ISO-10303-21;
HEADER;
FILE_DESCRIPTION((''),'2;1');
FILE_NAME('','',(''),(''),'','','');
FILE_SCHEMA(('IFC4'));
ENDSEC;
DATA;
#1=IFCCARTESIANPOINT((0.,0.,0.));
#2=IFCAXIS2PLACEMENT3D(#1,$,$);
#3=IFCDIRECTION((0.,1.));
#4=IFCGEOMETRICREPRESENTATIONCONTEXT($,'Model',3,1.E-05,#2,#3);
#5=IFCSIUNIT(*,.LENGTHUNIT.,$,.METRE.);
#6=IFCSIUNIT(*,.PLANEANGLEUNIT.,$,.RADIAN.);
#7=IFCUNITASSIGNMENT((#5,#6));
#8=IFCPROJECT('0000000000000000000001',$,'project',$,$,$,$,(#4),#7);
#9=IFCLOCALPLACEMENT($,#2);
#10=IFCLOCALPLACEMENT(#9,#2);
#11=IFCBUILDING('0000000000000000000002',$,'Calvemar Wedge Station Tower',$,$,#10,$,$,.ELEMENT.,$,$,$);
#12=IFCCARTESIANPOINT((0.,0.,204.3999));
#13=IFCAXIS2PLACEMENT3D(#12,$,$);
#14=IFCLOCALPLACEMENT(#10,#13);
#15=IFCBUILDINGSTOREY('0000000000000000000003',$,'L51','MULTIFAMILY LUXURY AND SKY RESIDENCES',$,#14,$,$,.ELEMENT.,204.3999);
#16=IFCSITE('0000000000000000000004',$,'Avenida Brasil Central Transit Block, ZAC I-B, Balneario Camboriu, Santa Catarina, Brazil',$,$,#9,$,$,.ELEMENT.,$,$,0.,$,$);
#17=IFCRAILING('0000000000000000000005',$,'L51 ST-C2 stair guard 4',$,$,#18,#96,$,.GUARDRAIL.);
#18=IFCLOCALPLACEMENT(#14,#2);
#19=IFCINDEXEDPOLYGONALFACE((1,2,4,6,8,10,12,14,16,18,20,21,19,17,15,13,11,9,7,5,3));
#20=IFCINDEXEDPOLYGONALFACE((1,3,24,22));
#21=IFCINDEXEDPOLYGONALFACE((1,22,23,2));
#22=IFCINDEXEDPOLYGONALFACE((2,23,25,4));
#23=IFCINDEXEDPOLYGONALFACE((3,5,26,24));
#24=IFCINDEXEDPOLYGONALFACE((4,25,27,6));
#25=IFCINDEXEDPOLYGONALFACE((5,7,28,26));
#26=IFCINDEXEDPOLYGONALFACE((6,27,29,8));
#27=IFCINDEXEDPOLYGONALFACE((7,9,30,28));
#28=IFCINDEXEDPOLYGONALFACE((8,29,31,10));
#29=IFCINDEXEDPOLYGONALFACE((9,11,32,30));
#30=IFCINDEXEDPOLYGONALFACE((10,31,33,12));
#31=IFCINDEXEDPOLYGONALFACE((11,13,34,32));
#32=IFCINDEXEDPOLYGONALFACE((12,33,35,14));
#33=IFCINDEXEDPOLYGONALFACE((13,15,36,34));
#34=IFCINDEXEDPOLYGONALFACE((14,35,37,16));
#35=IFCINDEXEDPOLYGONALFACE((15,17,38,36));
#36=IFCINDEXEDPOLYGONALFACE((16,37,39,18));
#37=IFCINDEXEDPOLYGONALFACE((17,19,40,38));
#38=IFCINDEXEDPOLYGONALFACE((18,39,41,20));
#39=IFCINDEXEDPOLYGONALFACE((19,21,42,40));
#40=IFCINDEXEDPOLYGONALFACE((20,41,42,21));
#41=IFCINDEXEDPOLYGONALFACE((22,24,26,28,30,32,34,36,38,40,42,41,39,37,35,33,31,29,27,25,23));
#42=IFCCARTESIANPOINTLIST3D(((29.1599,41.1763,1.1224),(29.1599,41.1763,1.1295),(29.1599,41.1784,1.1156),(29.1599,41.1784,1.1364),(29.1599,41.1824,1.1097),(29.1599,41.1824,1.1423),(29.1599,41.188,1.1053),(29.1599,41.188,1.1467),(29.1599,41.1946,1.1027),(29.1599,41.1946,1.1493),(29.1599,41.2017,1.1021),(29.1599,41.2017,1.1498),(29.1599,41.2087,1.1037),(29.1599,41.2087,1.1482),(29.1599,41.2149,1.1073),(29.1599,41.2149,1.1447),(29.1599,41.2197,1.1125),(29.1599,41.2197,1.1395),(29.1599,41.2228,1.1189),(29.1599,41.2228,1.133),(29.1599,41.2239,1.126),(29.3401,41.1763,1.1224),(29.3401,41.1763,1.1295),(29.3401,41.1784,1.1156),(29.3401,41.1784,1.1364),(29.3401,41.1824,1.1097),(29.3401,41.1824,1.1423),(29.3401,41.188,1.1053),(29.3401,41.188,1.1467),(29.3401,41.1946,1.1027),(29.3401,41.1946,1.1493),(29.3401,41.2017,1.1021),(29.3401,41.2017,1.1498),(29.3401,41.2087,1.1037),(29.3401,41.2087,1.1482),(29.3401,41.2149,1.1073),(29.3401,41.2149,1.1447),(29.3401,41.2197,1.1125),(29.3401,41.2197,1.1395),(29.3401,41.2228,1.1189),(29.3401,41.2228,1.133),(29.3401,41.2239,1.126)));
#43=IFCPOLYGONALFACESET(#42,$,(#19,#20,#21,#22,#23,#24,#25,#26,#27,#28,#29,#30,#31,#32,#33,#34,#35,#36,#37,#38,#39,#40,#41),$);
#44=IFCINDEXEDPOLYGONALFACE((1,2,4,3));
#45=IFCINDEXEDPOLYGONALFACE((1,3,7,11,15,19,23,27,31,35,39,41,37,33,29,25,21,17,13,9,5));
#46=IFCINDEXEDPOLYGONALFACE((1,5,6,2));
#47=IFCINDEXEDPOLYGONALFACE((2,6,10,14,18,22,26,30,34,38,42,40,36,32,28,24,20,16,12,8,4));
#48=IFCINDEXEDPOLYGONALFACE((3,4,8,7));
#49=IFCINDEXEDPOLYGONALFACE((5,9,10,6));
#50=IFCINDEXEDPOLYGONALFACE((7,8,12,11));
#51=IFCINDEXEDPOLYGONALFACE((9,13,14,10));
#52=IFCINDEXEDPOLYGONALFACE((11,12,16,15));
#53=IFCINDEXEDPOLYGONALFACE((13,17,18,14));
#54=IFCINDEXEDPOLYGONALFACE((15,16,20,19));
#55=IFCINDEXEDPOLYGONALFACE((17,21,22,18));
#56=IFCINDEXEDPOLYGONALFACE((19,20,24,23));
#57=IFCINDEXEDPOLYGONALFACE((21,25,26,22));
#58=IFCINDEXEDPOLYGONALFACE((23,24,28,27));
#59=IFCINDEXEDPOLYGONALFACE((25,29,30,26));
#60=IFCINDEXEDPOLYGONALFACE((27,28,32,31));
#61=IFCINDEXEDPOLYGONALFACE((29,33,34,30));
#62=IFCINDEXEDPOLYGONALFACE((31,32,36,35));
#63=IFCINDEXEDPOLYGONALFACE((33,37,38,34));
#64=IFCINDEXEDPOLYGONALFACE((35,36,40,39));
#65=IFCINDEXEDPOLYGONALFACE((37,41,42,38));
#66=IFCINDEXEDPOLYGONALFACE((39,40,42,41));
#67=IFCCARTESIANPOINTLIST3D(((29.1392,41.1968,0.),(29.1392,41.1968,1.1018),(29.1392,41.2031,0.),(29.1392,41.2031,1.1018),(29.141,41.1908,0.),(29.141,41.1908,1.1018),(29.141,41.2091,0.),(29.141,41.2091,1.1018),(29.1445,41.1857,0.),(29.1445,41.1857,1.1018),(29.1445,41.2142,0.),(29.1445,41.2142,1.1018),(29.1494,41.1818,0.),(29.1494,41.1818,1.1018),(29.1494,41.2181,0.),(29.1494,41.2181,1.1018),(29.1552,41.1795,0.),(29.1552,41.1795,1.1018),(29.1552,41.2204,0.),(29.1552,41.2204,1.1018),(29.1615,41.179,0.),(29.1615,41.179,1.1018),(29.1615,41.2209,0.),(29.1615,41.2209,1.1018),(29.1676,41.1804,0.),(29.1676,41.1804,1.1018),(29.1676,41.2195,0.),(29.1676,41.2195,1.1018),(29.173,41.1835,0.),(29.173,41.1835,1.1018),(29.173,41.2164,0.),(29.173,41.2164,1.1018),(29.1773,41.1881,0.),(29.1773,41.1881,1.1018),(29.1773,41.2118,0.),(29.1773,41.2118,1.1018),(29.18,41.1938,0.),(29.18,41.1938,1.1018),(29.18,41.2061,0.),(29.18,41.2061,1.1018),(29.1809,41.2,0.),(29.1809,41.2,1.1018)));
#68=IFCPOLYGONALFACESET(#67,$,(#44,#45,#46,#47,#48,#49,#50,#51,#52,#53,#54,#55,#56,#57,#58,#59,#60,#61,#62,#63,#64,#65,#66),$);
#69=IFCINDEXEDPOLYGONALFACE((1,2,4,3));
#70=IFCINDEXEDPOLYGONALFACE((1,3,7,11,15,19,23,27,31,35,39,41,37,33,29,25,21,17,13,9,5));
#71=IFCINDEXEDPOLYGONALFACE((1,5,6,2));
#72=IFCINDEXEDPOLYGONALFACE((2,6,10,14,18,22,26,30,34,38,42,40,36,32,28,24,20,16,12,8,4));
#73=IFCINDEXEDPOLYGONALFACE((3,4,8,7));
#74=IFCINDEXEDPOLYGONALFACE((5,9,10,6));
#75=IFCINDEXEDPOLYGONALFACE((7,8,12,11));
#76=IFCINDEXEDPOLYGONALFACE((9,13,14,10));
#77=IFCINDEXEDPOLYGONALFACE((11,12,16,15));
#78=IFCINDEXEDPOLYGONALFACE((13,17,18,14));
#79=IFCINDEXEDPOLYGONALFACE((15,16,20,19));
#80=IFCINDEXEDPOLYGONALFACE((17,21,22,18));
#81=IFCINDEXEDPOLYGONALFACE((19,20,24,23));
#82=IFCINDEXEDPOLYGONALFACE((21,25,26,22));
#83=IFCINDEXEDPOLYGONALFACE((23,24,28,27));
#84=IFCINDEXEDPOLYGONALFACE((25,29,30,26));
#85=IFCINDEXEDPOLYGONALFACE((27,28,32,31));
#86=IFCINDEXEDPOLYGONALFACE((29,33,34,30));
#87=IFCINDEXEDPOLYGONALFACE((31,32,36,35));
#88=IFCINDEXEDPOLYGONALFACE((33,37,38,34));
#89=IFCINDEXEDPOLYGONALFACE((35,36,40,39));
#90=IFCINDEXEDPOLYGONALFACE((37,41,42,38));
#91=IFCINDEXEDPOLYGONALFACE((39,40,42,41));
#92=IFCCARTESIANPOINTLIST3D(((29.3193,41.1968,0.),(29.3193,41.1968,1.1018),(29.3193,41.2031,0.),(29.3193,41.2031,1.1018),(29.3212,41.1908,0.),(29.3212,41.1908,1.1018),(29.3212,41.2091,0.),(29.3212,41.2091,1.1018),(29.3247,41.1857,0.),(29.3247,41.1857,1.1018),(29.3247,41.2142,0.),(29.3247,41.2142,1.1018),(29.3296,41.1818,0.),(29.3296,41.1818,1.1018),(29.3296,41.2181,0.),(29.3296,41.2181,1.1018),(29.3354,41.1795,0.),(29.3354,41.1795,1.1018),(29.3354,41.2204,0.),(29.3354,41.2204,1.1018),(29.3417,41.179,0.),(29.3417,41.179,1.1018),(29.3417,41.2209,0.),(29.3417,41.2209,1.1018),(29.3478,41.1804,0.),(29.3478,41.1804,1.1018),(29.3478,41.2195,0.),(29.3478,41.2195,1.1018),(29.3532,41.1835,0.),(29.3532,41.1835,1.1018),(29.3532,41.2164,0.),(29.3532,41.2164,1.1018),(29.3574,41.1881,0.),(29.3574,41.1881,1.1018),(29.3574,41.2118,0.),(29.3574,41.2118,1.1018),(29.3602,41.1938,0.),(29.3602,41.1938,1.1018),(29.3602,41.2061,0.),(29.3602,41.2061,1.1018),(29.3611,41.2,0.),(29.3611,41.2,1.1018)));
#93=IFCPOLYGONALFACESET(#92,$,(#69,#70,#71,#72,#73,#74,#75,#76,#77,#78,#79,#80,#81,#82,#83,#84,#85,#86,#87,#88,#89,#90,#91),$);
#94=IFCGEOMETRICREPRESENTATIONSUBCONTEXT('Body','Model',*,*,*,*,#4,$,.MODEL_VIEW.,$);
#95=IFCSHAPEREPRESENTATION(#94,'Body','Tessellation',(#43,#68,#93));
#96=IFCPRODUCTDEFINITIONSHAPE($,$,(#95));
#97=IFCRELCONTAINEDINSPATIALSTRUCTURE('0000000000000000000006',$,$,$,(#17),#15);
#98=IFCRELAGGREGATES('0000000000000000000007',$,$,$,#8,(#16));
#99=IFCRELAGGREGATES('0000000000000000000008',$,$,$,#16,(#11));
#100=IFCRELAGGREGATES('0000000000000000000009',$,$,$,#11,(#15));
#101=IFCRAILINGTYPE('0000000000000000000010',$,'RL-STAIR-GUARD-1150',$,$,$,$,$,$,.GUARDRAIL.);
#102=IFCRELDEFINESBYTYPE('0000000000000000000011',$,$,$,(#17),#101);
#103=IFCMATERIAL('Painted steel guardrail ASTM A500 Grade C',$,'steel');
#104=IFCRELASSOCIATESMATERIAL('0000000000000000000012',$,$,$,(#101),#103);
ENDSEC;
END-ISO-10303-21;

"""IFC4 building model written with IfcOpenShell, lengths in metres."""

from ifc_helpers import new_model, si_unit, direction, frame, origin, origin_2d, place, context, subcontext, project, spatial, circle, extrude, material, type_object, element, save


model = new_model("IFC4")

# Units and contexts
model_context = context("Model", 3, precision=1e-05, world=origin(), true_north=direction((0.0, 1.0)))
body_context = subcontext(model_context, "Body", "Model", "MODEL_VIEW")
ifc_project = project(units=[si_unit("LENGTHUNIT", "METRE"), si_unit("PLANEANGLEUNIT", "RADIAN")], contexts=[model_context])

# Site, building, storey
site_placement = place(None, origin())
site = spatial("IfcSite", under=ifc_project, at=site_placement, Name="Avenida Brasil Central Transit Block, ZAC I-B, Balneario Camboriu, Santa Catarina, Brazil", CompositionType="ELEMENT", RefElevation=0.0)
building_placement = place(site_placement, origin())
building = spatial("IfcBuilding", under=site, at=building_placement, Name="Calvemar Wedge Station Tower", CompositionType="ELEMENT")
storey_placement = place(building_placement, frame((0.0, 0.0, 204.3999)))
storey = spatial("IfcBuildingStorey", under=building, at=storey_placement, Name="L51", Description="MULTIFAMILY LUXURY AND SKY RESIDENCES", CompositionType="ELEMENT", Elevation=204.3999)

# Railing
ifc_material_1 = material(Name="Painted steel guardrail ASTM A500 Grade C", Category="steel")
railing_type_1 = type_object("IfcRailingType", Name="RL-STAIR-GUARD-1150", PredefinedType="GUARDRAIL", material=ifc_material_1)
railing_1_placement = place(storey_placement, frame((29.1599, 41.2, 0.0)))
element("IfcRailing", 1, at=railing_1_placement, inside=storey, type_object=railing_type_1, Name="L51 ST-C2 stair guard 4", PredefinedType="GUARDRAIL", context=body_context, shape_type="SweptSolid", body=[
    extrude(circle(Radius=0.0239, at=origin_2d()), frame((0.0, 0.0, 1.126), z_axis=(1.0, 0.0, 0.0), x_axis=(0.0, 1.0, 0.0)), (0.0, 0.0, 1.0), 0.1802),
    extrude(circle(Radius=0.021, at=origin_2d()), origin(), (0.0, 0.0, 1.0), 1.1018),
    extrude(circle(Radius=0.021, at=origin_2d()), frame((0.1802, 0.0, 0.0)), (0.0, 0.0, 1.0), 1.1018),
])

save(model, "model.ifc")
